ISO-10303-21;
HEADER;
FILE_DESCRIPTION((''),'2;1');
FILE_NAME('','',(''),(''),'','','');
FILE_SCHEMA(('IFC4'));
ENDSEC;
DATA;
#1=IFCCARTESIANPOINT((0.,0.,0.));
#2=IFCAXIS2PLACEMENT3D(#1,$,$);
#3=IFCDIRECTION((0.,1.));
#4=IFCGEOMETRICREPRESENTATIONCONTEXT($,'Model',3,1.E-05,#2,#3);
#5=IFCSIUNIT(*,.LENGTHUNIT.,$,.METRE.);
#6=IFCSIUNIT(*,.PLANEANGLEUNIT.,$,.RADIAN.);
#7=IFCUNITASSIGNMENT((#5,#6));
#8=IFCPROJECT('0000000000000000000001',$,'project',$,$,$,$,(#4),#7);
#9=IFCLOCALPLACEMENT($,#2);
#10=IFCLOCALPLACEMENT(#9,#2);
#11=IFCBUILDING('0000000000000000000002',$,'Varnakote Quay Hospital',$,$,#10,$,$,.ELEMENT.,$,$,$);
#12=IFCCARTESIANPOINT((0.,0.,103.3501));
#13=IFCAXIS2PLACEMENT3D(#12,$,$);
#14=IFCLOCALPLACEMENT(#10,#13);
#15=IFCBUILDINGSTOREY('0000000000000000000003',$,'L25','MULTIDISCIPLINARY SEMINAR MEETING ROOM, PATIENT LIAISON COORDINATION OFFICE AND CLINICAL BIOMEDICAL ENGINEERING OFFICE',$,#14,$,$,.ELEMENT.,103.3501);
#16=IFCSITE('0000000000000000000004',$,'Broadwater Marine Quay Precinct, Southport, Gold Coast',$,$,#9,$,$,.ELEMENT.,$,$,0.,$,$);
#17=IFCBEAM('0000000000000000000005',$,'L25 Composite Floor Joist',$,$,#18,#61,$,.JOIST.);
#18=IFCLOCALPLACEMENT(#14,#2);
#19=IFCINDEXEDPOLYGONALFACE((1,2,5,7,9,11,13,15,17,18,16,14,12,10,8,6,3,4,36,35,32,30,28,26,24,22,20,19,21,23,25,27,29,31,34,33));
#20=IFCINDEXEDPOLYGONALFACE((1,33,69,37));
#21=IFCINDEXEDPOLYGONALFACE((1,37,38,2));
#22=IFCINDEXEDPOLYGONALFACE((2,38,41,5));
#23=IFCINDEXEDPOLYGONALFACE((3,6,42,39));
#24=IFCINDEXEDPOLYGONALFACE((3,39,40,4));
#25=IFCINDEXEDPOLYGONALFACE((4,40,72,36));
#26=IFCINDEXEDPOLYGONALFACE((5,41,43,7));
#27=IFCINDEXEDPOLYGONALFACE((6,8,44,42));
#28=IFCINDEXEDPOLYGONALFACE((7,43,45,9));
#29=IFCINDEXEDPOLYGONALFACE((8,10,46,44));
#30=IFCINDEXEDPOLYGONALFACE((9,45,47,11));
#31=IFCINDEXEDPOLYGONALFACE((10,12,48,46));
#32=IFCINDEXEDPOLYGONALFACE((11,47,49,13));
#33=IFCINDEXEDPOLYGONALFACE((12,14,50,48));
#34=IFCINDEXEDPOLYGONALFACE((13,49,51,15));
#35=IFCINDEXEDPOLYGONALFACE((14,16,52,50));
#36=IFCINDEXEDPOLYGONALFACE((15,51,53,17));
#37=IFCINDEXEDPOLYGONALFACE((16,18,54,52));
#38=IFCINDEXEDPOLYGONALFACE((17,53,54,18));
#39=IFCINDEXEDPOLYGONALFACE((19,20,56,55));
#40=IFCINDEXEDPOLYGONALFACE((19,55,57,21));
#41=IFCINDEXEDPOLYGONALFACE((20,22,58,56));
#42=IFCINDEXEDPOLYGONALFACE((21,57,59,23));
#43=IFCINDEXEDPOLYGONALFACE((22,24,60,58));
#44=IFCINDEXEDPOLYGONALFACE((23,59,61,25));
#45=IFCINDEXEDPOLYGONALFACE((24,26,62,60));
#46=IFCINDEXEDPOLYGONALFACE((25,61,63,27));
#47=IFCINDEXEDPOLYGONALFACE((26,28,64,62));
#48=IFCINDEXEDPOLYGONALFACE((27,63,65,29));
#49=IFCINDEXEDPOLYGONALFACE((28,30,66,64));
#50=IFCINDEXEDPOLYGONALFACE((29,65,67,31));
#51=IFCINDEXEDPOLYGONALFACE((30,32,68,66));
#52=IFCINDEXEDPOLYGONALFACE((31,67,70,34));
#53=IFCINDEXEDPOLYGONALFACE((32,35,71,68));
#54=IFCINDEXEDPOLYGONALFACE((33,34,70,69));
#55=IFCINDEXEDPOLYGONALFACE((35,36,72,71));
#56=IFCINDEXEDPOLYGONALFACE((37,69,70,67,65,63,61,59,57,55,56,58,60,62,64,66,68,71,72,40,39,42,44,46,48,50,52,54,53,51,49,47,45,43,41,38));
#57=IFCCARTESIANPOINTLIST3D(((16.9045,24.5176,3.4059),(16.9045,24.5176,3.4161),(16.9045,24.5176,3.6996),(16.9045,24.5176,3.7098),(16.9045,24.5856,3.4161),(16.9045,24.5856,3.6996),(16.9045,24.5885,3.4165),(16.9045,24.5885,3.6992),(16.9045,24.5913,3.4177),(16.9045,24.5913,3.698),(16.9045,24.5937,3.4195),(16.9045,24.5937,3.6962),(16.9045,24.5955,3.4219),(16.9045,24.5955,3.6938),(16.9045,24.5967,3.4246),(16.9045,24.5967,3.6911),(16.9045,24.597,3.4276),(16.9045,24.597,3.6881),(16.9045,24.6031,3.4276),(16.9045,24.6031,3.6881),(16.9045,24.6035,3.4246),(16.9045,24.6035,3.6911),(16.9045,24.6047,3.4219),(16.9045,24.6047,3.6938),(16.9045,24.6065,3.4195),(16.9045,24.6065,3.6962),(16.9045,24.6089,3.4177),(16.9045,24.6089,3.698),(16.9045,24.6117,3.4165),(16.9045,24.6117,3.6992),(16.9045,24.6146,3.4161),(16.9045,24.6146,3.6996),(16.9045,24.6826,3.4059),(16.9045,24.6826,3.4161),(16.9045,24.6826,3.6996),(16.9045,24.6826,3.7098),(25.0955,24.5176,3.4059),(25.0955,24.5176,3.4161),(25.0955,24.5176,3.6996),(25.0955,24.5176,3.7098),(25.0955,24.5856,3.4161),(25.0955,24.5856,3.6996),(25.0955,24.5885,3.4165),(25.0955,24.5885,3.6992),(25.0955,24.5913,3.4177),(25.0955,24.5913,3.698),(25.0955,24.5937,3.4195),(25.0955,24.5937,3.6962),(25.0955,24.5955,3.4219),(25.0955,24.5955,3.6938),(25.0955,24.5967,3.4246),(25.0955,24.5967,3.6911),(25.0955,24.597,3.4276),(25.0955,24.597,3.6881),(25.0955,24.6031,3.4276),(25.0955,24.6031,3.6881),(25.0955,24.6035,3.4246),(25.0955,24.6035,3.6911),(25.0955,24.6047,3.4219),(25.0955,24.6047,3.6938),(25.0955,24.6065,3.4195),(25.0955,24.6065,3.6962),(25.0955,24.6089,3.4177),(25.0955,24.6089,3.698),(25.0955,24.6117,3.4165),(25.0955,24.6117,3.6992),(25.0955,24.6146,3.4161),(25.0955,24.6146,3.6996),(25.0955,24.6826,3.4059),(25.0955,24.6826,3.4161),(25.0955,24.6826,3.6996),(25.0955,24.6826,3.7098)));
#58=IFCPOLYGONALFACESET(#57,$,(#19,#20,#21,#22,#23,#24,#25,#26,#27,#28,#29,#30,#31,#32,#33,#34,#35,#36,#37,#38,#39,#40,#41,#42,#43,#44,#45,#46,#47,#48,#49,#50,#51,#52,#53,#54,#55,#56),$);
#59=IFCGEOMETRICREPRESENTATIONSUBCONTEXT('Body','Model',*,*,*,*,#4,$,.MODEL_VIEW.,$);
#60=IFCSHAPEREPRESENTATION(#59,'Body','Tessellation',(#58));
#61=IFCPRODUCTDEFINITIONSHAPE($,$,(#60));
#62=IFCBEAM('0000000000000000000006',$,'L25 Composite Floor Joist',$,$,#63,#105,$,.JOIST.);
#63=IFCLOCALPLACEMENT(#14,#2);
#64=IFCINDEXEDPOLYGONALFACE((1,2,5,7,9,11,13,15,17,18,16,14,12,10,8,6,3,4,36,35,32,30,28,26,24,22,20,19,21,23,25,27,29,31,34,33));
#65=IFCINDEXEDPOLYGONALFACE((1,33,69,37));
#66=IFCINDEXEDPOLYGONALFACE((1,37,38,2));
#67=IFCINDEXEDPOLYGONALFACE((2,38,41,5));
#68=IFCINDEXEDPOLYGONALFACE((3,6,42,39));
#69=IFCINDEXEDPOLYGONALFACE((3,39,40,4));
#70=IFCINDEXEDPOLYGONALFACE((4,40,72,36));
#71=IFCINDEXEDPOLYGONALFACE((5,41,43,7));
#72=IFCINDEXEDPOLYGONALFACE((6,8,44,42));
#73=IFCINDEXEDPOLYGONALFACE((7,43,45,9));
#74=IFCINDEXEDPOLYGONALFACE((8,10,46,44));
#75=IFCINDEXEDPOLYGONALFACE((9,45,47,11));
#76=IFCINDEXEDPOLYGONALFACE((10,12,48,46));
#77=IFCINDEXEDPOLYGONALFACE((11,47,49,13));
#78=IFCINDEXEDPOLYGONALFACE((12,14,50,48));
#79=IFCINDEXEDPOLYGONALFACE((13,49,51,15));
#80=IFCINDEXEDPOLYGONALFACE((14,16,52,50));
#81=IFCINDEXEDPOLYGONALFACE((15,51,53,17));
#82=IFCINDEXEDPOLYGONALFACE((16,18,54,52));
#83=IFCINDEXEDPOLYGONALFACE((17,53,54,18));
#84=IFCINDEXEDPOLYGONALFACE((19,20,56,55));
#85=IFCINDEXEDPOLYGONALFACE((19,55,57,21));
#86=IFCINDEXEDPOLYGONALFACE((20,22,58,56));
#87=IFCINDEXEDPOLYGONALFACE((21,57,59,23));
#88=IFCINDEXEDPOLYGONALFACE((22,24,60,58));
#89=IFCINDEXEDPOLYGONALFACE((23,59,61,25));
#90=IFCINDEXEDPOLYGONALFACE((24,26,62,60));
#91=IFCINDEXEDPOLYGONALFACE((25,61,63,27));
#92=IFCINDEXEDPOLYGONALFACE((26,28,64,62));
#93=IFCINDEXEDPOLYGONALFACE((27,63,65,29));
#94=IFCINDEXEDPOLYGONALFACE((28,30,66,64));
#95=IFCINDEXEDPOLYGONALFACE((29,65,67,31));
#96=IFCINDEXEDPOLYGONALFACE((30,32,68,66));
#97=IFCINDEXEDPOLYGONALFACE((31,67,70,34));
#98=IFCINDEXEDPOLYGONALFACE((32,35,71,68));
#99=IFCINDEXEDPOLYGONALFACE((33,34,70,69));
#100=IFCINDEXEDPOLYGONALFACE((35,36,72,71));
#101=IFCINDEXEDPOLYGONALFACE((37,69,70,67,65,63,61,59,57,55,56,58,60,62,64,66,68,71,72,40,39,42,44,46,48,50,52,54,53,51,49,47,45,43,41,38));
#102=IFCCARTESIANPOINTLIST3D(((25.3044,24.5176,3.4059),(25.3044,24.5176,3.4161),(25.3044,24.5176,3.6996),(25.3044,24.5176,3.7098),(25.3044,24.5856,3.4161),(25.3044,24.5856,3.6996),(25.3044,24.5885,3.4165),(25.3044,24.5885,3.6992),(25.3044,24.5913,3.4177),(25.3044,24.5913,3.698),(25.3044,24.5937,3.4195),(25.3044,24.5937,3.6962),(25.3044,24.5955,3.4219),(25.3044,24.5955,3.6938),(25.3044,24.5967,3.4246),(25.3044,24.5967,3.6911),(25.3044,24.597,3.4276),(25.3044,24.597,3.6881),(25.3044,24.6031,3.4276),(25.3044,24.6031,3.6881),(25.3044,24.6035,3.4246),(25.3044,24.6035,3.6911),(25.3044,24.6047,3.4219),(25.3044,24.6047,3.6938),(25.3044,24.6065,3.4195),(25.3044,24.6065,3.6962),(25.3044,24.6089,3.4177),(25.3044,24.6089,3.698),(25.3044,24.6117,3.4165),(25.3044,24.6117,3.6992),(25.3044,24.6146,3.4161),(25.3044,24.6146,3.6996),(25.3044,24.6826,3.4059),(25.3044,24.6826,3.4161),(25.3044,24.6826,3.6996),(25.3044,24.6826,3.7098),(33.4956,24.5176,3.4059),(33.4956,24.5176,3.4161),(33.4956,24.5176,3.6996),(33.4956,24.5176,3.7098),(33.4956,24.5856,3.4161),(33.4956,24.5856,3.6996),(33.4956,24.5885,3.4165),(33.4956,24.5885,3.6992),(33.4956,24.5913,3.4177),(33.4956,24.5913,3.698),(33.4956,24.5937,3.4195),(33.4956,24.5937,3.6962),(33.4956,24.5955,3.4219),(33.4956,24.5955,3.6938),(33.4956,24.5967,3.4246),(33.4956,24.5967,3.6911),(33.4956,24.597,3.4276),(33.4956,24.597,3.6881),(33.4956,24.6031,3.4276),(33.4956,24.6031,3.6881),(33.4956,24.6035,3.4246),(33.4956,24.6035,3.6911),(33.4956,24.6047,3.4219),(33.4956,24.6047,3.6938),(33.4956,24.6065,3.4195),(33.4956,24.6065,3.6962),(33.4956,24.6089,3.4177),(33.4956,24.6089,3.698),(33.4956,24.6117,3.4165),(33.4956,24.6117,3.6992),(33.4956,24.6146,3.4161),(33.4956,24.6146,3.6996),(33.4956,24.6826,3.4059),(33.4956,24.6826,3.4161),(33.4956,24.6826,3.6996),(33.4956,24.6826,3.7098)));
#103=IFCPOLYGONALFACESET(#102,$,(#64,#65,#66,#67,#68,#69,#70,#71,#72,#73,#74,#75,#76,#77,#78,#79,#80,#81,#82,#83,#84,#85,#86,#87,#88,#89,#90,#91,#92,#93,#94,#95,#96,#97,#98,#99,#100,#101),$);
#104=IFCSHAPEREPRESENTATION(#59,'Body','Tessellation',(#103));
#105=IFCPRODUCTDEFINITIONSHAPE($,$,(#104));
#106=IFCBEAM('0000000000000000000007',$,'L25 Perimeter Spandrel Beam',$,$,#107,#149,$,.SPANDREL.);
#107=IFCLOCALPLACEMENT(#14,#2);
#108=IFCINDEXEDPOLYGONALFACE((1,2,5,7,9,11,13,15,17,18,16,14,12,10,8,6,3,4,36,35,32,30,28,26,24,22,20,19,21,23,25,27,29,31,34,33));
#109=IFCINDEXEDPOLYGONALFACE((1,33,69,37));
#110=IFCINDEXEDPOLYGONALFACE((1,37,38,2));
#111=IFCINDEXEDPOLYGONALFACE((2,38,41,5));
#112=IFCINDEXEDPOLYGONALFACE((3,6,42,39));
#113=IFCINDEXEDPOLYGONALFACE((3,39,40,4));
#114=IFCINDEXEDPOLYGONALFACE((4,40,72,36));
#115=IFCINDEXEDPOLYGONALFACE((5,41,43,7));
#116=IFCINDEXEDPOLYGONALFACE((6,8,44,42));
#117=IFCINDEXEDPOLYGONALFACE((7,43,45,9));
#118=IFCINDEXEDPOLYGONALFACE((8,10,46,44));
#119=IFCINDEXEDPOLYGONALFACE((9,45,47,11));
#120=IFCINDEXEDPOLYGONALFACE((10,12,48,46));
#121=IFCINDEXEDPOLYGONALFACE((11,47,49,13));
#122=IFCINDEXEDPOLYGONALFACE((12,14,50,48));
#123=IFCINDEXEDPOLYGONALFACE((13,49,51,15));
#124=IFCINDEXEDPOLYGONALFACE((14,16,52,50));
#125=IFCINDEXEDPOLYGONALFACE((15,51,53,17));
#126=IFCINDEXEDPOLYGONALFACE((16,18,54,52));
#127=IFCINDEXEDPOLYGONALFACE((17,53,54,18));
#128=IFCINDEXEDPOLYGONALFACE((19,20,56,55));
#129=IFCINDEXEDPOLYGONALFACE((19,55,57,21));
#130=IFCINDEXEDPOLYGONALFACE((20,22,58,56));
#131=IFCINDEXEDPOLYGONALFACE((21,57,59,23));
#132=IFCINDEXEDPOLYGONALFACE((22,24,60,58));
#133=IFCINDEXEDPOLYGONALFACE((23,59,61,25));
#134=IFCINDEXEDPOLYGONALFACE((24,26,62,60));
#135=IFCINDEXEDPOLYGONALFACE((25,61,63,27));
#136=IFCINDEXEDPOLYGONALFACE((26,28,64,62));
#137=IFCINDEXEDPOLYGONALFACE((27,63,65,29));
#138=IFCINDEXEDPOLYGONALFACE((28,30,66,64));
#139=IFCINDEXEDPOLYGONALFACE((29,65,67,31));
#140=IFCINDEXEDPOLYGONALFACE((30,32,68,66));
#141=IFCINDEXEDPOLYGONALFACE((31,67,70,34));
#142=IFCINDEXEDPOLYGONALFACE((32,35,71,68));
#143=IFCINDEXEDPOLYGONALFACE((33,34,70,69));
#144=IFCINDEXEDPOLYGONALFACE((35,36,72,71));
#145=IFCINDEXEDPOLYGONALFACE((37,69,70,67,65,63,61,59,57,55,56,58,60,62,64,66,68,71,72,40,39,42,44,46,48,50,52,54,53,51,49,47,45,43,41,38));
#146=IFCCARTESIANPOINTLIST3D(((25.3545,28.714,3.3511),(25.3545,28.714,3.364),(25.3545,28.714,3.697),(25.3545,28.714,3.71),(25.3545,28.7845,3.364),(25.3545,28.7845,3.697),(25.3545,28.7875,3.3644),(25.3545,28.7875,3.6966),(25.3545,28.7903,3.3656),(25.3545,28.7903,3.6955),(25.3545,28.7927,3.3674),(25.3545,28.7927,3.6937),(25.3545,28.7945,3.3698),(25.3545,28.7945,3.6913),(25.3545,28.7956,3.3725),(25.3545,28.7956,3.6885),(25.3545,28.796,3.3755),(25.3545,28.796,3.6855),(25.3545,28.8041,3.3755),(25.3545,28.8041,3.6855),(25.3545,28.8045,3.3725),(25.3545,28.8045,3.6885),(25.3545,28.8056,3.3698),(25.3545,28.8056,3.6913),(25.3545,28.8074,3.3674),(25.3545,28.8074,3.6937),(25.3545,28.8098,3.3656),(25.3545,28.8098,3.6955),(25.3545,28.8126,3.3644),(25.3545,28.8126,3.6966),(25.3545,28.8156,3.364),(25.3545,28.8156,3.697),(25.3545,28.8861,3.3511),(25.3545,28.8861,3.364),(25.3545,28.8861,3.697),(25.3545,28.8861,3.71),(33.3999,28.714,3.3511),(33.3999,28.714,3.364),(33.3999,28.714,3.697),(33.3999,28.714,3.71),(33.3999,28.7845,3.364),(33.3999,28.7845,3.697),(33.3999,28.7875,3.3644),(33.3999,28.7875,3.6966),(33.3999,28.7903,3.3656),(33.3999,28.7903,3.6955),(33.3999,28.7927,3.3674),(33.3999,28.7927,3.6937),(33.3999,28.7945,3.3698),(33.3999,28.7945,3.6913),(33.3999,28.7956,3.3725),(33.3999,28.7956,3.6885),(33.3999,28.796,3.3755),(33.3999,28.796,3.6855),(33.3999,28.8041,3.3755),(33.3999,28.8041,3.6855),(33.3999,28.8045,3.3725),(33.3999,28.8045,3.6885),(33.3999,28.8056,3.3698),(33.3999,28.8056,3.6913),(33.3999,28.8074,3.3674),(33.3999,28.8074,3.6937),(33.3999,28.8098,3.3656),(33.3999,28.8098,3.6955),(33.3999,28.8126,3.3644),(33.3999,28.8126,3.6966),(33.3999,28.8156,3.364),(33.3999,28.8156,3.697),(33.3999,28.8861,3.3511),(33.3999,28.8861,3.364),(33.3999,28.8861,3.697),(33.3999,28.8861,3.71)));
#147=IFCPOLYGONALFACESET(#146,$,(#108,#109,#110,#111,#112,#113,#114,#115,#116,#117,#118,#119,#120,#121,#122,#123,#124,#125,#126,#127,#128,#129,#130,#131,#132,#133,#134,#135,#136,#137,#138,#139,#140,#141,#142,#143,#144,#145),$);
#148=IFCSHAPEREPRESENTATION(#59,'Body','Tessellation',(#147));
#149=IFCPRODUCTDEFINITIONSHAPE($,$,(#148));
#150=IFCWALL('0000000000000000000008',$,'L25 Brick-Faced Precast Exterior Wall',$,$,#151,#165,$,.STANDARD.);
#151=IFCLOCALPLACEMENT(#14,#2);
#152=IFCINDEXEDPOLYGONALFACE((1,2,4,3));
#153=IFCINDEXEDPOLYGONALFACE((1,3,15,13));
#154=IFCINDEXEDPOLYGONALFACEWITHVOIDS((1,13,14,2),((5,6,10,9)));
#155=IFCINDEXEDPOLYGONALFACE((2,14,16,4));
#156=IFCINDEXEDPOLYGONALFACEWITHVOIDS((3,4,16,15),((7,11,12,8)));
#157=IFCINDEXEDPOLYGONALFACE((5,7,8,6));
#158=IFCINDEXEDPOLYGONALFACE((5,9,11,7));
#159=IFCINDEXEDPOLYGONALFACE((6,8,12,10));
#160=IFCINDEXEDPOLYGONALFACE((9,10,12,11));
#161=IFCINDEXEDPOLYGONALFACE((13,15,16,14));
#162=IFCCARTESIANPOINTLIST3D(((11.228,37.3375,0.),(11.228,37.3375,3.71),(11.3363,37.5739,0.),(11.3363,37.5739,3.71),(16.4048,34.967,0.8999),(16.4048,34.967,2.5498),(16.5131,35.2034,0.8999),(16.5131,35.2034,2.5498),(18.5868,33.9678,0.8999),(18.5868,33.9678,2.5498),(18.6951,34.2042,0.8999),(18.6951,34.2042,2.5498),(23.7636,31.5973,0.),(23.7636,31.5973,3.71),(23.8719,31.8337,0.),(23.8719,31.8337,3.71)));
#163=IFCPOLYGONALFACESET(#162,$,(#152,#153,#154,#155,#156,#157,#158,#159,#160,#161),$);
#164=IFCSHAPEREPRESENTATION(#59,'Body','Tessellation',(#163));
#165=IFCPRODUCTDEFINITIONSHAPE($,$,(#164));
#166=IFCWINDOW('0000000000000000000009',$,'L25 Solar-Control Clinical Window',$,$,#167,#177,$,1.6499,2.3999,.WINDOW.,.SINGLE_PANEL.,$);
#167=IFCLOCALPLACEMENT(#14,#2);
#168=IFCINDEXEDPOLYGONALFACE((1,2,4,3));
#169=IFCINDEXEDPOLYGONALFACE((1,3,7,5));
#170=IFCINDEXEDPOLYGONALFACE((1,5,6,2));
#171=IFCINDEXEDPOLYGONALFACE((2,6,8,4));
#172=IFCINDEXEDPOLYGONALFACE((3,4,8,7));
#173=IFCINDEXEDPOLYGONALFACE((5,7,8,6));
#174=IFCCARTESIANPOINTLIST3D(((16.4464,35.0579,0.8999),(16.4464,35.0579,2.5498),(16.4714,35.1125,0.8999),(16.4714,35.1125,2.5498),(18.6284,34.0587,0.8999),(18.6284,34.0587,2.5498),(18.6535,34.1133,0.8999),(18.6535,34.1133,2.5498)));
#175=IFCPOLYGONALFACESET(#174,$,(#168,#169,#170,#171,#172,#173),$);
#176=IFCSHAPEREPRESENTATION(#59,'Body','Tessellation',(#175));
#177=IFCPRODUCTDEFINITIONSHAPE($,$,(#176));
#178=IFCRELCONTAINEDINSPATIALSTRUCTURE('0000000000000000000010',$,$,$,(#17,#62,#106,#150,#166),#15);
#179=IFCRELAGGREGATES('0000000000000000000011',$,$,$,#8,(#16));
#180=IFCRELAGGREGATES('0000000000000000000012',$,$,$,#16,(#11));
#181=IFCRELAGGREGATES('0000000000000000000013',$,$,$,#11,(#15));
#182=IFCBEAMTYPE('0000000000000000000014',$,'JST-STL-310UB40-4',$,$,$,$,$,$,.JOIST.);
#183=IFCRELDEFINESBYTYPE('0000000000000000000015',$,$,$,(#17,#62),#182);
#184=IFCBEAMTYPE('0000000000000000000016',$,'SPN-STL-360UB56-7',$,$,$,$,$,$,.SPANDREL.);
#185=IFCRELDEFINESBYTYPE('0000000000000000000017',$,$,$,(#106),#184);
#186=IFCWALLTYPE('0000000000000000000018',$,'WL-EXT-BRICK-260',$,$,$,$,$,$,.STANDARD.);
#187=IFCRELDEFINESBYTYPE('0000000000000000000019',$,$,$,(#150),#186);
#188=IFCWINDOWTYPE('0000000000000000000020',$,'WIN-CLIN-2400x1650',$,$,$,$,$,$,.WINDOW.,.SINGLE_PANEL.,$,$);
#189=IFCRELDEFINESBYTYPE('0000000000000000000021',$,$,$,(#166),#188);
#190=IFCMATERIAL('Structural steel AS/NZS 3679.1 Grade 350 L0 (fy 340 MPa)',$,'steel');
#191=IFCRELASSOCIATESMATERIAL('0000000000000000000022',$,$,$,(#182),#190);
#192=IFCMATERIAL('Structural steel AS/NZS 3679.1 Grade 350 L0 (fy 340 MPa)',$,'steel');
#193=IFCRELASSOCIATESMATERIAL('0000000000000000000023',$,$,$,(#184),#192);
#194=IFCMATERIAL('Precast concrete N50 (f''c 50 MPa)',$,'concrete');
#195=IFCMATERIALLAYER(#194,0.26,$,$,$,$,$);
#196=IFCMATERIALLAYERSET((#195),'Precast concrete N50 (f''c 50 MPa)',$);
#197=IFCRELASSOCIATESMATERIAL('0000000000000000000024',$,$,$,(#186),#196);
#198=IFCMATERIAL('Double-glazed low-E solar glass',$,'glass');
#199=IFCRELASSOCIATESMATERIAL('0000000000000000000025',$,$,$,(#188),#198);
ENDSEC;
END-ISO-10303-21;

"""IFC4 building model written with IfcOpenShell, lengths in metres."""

from ifc_helpers import new_model, si_unit, direction, frame, frame_2d, origin, origin_2d, place, context, subcontext, project, spatial, rectangle, i_section, extrude, material, layer, layer_set, material_profile, profile_set, type_object, element, fill, save


model = new_model("IFC4")

# Units and contexts
model_context = context("Model", 3, precision=1e-05, world=origin(), true_north=direction((0.0, 1.0)))
body_context = subcontext(model_context, "Body", "Model", "MODEL_VIEW")
ifc_project = project(units=[si_unit("LENGTHUNIT", "METRE"), si_unit("PLANEANGLEUNIT", "RADIAN")], contexts=[model_context])

# Site, building, storey
site_placement = place(None, origin())
site = spatial("IfcSite", under=ifc_project, at=site_placement, Name="Broadwater Marine Quay Precinct, Southport, Gold Coast", CompositionType="ELEMENT", RefElevation=0.0)
building_placement = place(site_placement, origin())
building = spatial("IfcBuilding", under=site, at=building_placement, Name="Varnakote Quay Hospital", CompositionType="ELEMENT")
storey_placement = place(building_placement, frame((0.0, 0.0, 103.3501)))
storey = spatial("IfcBuildingStorey", under=building, at=storey_placement, Name="L25", Description="MULTIDISCIPLINARY SEMINAR MEETING ROOM, PATIENT LIAISON COORDINATION OFFICE AND CLINICAL BIOMEDICAL ENGINEERING OFFICE", CompositionType="ELEMENT", Elevation=103.3501)

# Beams
ifc_material_1 = material(Name="Structural steel AS/NZS 3679.1 Grade 350 L0 (fy 340 MPa)", Category="steel")
ifc_material_profile_1 = material_profile(ifc_material_1, i_section(OverallWidth=0.165, OverallDepth=0.304, WebThickness=0.0061, FlangeThickness=0.0103, FilletRadius=0.0115, at=origin_2d()), Name="310UB40.4")
ifc_profile_set_1 = profile_set([ifc_material_profile_1], Name="Structural steel AS/NZS 3679.1 Grade 350 L0 (fy 340 MPa)")
beam_type_1 = type_object("IfcBeamType", Name="JST-STL-310UB40-4", PredefinedType="JOIST", material=ifc_profile_set_1)
beam_1_placement = place(storey_placement, frame((16.9045, 24.6001, 3.5579), z_axis=(1.0, 0.0, 0.0), x_axis=(0.0, 1.0, 0.0)))
element("IfcBeam", 1, at=beam_1_placement, inside=storey, type_object=beam_type_1, Name="L25 Composite Floor Joist", PredefinedType="JOIST", context=body_context, shape_type="SweptSolid", body=[
    extrude(i_section(OverallWidth=0.165, OverallDepth=0.304, WebThickness=0.0061, FlangeThickness=0.0103, FilletRadius=0.0115, at=origin_2d()), origin(), (0.0, 0.0, 1.0), 8.1909),
])
beam_2_placement = place(storey_placement, frame((25.3044, 24.6001, 3.5579), z_axis=(1.0, 0.0, 0.0), x_axis=(0.0, 1.0, 0.0)))
element("IfcBeam", 2, at=beam_2_placement, inside=storey, type_object=beam_type_1, Name="L25 Composite Floor Joist", PredefinedType="JOIST", context=body_context, shape_type="SweptSolid", body=[
    extrude(i_section(OverallWidth=0.165, OverallDepth=0.304, WebThickness=0.0061, FlangeThickness=0.0103, FilletRadius=0.0115, at=origin_2d()), origin(), (0.0, 0.0, 1.0), 8.1912),
])
ifc_material_2 = material(Name="Structural steel AS/NZS 3679.1 Grade 350 L0 (fy 340 MPa)", Category="steel")
ifc_material_profile_2 = material_profile(ifc_material_2, i_section(OverallWidth=0.1721, OverallDepth=0.3589, WebThickness=0.0081, FlangeThickness=0.0129, FilletRadius=0.0115, at=origin_2d()), Name="360UB56.7")
ifc_profile_set_2 = profile_set([ifc_material_profile_2], Name="Structural steel AS/NZS 3679.1 Grade 350 L0 (fy 340 MPa)")
beam_type_2 = type_object("IfcBeamType", Name="SPN-STL-360UB56-7", PredefinedType="SPANDREL", material=ifc_profile_set_2)
beam_3_placement = place(storey_placement, frame((25.3545, 28.8, 3.5305), z_axis=(1.0, 0.0, 0.0), x_axis=(0.0, 1.0, 0.0)))
element("IfcBeam", 3, at=beam_3_placement, inside=storey, type_object=beam_type_2, Name="L25 Perimeter Spandrel Beam", PredefinedType="SPANDREL", context=body_context, shape_type="SweptSolid", body=[
    extrude(i_section(OverallWidth=0.1721, OverallDepth=0.3589, WebThickness=0.0081, FlangeThickness=0.0129, FilletRadius=0.0115, at=origin_2d()), origin(), (0.0, 0.0, 1.0), 8.0454),
])

# Wall, opening, window
ifc_material_3 = material(Name="Precast concrete N50 (f'c 50 MPa)", Category="concrete")
ifc_layer_1 = layer(ifc_material_3, 0.26)
ifc_layer_set_1 = layer_set([ifc_layer_1], Name="Precast concrete N50 (f'c 50 MPa)")
wall_type_1 = type_object("IfcWallType", Name="WL-EXT-BRICK-260", PredefinedType="STANDARD", material=ifc_layer_set_1)
wall_1_placement = place(storey_placement, frame((23.8176, 31.7156, 0.0), z_axis=(0.0, 0.0, 1.0), x_axis=(-0.90921, 0.416339, 0.0)))
wall_1 = element("IfcWall", 4, at=wall_1_placement, inside=storey, type_object=wall_type_1, Name="L25 Brick-Faced Precast Exterior Wall", PredefinedType="STANDARD", context=body_context, shape_type="SweptSolid", body=[
    extrude(rectangle(XDim=13.7874, YDim=0.26, at=frame_2d((6.8936, 0.0))), origin(), (0.0, 0.0, 1.0), 3.71),
])
opening_1_placement = place(wall_1_placement, frame((5.6936, 0.0, 0.8999)))
opening_1 = element("IfcOpeningElement", 5, at=opening_1_placement, cuts=wall_1, PredefinedType="OPENING", context=body_context, shape_type="SweptSolid", body=[
    extrude(rectangle(XDim=2.3999, YDim=1.6499, at=frame_2d((1.2, 0.825))), frame((0.0, 0.1399, 0.0), z_axis=(0.0, -1.0, 0.0), x_axis=(1.0, 0.0, 0.0)), (0.0, 0.0, 1.0), 0.28),
])
ifc_material_4 = material(Name="Double-glazed low-E solar glass", Category="glass")
window_type = type_object("IfcWindowType", Name="WIN-CLIN-2400x1650", PartitioningType="SINGLE_PANEL", PredefinedType="WINDOW", material=ifc_material_4)
window_1_placement = place(opening_1_placement, origin())
window_1 = element("IfcWindow", 6, at=window_1_placement, inside=storey, type_object=window_type, Name="L25 Solar-Control Clinical Window", OverallHeight=1.6499, OverallWidth=2.3999, PartitioningType="SINGLE_PANEL", PredefinedType="WINDOW", context=body_context, shape_type="SweptSolid", body=[
    extrude(rectangle(XDim=2.3999, YDim=1.6499, at=frame_2d((1.2, 0.825))), frame((0.0, 0.03, 0.0), z_axis=(0.0, -1.0, 0.0), x_axis=(1.0, 0.0, 0.0)), (0.0, 0.0, 1.0), 0.0601),
])
fill(opening_1, window_1)

save(model, "model.ifc")
